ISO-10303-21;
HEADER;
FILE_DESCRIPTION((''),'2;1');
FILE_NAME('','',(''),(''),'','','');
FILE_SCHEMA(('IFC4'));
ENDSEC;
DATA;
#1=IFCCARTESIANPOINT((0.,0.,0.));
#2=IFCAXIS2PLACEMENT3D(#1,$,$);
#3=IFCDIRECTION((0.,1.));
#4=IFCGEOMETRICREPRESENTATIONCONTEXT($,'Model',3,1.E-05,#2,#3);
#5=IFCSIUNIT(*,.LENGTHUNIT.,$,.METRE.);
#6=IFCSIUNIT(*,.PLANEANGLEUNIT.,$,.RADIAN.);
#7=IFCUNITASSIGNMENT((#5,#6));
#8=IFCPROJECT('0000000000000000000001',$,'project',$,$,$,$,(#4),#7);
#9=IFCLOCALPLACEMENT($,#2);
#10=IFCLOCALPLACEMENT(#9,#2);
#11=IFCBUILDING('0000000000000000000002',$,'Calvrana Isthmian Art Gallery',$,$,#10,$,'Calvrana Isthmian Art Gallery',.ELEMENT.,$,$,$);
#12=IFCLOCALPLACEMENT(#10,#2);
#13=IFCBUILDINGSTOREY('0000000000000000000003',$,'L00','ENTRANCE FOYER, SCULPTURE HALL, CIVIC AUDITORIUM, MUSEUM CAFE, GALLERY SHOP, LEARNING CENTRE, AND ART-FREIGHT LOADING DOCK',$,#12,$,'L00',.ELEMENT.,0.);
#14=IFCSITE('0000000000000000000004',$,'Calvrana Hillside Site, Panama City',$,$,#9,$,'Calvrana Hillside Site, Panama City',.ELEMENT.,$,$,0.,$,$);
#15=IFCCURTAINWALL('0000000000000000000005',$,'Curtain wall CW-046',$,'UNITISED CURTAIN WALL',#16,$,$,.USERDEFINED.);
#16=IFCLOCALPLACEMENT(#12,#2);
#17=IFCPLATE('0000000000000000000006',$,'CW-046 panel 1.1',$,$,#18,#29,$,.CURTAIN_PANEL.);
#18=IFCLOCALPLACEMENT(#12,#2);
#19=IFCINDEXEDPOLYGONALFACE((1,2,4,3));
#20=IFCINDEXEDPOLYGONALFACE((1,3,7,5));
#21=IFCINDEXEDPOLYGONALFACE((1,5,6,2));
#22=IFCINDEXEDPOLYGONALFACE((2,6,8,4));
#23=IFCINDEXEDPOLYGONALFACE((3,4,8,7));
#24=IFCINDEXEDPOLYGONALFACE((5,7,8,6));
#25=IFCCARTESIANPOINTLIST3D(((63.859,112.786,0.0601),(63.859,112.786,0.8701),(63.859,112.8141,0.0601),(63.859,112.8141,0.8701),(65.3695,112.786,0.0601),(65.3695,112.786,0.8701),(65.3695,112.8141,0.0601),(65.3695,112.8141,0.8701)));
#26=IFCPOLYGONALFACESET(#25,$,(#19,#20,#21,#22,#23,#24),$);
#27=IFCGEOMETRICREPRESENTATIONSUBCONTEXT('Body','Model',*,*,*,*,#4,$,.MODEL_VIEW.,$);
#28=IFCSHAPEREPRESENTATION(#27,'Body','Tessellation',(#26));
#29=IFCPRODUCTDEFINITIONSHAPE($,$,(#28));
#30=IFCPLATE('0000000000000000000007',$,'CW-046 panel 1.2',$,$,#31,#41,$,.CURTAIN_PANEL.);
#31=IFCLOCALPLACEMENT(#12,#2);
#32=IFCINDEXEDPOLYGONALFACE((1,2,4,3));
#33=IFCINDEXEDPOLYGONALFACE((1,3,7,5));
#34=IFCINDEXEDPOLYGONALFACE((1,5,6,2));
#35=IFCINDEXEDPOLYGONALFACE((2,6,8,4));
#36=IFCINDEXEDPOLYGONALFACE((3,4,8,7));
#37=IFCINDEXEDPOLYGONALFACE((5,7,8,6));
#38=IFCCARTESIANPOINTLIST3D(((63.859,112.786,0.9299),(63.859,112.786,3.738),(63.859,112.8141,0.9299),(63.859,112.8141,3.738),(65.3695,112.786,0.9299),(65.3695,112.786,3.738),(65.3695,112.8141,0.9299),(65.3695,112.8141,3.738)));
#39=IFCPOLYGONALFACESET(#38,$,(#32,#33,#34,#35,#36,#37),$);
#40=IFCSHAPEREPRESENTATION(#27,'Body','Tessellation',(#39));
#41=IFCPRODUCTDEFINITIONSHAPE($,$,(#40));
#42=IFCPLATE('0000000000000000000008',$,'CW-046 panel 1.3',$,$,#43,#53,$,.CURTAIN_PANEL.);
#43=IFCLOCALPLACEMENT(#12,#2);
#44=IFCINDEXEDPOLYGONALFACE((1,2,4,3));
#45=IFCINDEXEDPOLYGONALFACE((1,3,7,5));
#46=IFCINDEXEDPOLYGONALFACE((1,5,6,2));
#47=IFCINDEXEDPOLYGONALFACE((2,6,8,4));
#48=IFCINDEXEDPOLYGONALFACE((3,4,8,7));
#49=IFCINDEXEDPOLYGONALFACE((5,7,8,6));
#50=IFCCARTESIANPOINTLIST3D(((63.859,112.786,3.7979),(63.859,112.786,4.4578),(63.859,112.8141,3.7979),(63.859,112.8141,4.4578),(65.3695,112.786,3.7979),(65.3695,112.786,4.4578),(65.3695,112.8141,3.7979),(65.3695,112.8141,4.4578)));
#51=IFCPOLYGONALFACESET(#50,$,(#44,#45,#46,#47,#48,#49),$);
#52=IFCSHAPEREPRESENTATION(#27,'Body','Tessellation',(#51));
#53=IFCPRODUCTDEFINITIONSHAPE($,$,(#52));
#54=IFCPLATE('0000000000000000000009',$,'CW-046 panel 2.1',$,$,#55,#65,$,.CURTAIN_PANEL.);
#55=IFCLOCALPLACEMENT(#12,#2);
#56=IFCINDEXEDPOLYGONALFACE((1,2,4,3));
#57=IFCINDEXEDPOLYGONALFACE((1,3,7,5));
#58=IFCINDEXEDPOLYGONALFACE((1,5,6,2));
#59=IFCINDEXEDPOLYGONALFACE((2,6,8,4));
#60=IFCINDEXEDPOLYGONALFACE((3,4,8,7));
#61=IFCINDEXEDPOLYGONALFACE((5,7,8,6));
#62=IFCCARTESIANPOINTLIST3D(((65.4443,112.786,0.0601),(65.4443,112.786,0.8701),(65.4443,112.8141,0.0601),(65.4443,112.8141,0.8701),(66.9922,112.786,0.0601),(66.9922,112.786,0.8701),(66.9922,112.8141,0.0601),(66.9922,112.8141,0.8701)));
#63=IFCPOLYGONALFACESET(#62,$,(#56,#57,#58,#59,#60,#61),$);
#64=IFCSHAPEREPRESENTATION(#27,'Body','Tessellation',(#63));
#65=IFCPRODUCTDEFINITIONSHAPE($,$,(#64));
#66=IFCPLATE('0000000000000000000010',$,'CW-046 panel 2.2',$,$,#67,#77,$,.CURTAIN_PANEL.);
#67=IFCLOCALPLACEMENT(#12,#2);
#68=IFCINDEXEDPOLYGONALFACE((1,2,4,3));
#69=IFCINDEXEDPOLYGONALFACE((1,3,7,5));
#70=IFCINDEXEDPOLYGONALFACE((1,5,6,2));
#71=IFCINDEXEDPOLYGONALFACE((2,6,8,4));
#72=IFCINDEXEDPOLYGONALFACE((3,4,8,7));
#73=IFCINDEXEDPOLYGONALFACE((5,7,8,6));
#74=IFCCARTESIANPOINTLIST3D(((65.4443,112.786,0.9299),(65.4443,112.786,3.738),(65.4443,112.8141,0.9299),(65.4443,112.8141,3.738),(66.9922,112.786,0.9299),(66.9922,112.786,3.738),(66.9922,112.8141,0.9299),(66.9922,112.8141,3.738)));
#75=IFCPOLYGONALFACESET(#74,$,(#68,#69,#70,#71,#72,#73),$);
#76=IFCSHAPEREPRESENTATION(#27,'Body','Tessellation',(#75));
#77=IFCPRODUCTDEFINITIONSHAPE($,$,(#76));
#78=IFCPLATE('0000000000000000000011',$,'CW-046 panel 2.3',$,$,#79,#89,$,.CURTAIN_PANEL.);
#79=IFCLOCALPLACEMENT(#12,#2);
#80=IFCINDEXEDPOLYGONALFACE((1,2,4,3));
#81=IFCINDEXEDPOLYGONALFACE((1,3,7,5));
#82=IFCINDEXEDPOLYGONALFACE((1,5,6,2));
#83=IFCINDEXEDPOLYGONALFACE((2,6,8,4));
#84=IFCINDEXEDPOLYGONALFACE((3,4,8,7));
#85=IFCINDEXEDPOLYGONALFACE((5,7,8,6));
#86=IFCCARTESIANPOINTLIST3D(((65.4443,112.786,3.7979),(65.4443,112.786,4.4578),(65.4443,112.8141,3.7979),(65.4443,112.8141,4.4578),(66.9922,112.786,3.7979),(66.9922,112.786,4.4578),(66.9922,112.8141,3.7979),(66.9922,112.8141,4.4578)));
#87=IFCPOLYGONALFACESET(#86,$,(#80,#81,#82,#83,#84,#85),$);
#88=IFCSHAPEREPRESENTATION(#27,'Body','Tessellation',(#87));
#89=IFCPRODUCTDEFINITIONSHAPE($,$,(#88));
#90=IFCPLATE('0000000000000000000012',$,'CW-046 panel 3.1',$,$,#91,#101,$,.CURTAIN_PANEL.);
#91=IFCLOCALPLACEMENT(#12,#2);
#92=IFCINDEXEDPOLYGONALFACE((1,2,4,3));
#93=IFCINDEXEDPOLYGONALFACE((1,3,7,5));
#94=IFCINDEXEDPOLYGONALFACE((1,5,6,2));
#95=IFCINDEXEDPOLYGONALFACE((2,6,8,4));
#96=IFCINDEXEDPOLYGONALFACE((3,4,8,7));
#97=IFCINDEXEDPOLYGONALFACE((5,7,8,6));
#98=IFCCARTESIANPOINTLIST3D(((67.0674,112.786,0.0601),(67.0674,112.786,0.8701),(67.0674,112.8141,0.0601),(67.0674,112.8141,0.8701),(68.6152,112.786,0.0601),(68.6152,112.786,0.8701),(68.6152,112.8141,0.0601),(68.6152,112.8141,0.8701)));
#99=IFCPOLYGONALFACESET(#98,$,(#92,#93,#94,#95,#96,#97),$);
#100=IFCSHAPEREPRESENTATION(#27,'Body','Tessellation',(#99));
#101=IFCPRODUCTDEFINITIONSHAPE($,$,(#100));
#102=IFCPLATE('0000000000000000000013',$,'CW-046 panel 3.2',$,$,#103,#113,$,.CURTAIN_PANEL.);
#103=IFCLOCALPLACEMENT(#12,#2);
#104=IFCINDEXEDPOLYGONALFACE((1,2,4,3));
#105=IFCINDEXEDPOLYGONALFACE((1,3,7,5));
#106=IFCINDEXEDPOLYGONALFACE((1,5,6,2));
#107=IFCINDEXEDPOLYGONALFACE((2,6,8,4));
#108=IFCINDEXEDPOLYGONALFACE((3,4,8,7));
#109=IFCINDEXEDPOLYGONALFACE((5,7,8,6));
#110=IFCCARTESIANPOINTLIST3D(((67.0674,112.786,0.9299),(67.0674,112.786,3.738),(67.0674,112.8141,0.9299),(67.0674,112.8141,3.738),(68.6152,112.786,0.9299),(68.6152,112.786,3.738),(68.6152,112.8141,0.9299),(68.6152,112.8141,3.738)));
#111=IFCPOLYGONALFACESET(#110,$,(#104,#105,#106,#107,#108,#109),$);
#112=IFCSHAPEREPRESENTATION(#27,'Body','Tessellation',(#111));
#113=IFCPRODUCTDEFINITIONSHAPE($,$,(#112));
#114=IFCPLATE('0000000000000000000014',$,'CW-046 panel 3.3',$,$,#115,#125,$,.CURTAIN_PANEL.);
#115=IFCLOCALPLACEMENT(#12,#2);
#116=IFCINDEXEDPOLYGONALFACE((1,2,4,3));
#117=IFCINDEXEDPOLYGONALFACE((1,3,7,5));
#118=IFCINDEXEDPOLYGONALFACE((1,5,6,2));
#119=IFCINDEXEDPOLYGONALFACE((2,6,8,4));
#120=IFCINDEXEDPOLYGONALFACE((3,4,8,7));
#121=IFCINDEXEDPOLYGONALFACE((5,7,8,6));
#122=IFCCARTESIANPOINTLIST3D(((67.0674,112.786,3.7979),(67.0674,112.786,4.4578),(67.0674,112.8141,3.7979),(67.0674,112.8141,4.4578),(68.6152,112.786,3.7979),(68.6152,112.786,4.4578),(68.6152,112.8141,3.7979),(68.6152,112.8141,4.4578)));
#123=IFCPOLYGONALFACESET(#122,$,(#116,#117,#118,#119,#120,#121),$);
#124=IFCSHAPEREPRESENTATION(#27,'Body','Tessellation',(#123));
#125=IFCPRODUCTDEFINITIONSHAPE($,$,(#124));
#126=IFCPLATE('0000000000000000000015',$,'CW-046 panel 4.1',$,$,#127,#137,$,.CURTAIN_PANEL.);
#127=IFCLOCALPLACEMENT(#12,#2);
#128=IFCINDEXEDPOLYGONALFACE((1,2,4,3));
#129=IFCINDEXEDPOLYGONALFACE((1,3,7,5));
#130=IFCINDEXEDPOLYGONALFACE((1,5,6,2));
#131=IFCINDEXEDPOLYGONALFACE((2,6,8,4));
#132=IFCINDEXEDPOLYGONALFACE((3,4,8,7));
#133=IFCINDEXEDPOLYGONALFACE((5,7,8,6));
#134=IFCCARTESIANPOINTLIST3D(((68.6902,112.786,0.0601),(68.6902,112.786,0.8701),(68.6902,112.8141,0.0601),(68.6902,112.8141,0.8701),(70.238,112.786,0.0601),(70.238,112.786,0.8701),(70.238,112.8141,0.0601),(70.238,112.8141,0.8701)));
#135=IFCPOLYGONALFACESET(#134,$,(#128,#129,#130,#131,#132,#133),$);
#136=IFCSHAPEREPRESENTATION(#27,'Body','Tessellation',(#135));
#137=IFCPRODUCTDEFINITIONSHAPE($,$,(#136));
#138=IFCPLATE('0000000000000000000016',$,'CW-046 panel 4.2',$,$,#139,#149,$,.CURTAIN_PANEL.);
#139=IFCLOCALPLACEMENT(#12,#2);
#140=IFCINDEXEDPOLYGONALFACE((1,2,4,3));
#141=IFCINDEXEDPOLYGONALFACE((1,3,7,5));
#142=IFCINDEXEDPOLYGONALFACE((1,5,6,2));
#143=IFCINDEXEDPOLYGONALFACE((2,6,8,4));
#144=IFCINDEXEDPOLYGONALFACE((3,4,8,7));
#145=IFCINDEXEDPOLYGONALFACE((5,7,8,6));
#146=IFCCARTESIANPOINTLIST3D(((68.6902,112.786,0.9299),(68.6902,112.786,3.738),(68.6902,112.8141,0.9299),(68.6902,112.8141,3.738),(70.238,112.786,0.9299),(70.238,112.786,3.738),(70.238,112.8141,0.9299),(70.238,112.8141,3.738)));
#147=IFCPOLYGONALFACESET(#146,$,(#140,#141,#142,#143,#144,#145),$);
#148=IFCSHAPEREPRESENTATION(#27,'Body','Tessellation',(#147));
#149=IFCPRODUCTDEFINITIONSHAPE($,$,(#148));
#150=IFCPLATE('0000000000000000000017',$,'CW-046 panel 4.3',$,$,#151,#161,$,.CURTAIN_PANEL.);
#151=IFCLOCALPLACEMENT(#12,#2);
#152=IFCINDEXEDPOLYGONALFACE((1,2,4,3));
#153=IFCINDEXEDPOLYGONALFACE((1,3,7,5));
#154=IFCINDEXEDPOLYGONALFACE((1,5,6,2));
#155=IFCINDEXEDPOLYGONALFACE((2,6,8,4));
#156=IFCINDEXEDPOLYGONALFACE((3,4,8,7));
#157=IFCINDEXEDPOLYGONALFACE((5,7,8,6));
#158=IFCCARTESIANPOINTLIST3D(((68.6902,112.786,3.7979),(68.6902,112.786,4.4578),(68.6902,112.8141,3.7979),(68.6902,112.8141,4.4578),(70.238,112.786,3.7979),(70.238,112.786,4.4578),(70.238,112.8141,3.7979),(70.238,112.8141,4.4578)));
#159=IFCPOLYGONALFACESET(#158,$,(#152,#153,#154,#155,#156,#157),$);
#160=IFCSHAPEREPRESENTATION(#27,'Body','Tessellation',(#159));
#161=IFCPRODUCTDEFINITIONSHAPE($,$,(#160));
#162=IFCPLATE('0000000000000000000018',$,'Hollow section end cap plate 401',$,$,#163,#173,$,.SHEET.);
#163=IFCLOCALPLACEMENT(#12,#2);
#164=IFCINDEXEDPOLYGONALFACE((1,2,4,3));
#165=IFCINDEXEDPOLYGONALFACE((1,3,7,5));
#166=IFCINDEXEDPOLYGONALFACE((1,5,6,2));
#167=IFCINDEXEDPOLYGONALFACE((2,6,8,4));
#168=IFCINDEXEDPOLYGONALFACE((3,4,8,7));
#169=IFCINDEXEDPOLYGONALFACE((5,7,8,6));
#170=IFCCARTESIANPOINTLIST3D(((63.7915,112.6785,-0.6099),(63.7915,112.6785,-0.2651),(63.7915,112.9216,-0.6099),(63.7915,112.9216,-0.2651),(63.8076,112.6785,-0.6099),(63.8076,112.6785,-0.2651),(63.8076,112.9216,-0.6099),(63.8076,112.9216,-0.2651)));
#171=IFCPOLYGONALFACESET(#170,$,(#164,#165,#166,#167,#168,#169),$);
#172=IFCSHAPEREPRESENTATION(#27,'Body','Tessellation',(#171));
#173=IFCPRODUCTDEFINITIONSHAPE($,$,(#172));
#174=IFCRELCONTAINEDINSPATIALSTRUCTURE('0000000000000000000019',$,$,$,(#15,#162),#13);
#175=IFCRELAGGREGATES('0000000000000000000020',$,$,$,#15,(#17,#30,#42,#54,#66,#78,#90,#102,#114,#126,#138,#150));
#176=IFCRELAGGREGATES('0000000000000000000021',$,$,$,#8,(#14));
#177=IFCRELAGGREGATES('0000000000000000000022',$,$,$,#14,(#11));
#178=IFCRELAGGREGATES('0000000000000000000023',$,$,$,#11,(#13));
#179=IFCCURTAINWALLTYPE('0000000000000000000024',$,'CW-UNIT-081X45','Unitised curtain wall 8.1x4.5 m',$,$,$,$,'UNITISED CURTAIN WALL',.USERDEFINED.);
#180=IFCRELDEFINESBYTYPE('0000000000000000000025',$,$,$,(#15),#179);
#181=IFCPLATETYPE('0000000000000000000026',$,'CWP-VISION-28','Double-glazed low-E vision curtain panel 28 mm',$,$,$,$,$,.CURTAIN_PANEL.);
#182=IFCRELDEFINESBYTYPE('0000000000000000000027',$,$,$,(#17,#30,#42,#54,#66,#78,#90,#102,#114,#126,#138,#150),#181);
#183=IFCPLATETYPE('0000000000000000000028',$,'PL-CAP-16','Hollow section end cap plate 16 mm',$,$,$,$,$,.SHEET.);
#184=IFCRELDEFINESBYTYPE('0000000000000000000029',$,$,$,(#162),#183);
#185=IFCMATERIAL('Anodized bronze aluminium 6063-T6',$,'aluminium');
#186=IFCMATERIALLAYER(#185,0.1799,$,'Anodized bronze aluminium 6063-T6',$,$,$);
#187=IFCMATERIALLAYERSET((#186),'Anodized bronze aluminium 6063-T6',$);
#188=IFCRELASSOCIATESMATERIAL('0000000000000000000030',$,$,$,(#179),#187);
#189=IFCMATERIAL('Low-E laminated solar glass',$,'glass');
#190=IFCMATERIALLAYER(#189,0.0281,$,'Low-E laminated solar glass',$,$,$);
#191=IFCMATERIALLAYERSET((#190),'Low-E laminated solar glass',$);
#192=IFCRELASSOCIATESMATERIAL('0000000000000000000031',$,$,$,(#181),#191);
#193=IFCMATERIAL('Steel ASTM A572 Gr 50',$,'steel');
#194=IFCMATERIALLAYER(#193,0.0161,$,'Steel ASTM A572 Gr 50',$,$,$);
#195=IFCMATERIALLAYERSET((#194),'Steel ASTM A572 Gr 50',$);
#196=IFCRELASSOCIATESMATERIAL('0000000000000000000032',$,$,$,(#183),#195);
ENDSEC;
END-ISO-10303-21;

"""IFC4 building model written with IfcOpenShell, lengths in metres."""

from ifc_helpers import new_model, si_unit, direction, frame, origin, origin_2d, place, context, subcontext, project, spatial, rectangle, extrude, material, layer, layer_set, type_object, element, aggregate, save


model = new_model("IFC4")

# Units and contexts
model_context = context("Model", 3, precision=1e-05, world=origin(), true_north=direction((0.0, 1.0)))
body_context = subcontext(model_context, "Body", "Model", "MODEL_VIEW")
ifc_project = project(units=[si_unit("LENGTHUNIT", "METRE"), si_unit("PLANEANGLEUNIT", "RADIAN")], contexts=[model_context])

# Site, building, storey
site_placement = place(None, origin())
site = spatial("IfcSite", under=ifc_project, at=site_placement, Name="Calvrana Hillside Site, Panama City", LongName="Calvrana Hillside Site, Panama City", CompositionType="ELEMENT", RefElevation=0.0)
building_placement = place(site_placement, origin())
building = spatial("IfcBuilding", under=site, at=building_placement, Name="Calvrana Isthmian Art Gallery", LongName="Calvrana Isthmian Art Gallery", CompositionType="ELEMENT")
storey_placement = place(building_placement, origin())
storey = spatial("IfcBuildingStorey", under=building, at=storey_placement, Name="L00", Description="ENTRANCE FOYER, SCULPTURE HALL, CIVIC AUDITORIUM, MUSEUM CAFE, GALLERY SHOP, LEARNING CENTRE, AND ART-FREIGHT LOADING DOCK", LongName="L00", CompositionType="ELEMENT", Elevation=0.0)

# Curtain wall, plates
ifc_material_1 = material(Name="Anodized bronze aluminium 6063-T6", Category="aluminium")
ifc_layer_1 = layer(ifc_material_1, 0.1799, Name="Anodized bronze aluminium 6063-T6")
ifc_layer_set_1 = layer_set([ifc_layer_1], Name="Anodized bronze aluminium 6063-T6")
curtain_wall_type = type_object("IfcCurtainWallType", Name="CW-UNIT-081X45", Description="Unitised curtain wall 8.1x4.5 m", ElementType="UNITISED CURTAIN WALL", PredefinedType="USERDEFINED", material=ifc_layer_set_1)
curtain_wall_placement = place(storey_placement, origin())
curtain_wall = element("IfcCurtainWall", 1, at=curtain_wall_placement, inside=storey, type_object=curtain_wall_type, Name="Curtain wall CW-046", ObjectType="UNITISED CURTAIN WALL", PredefinedType="USERDEFINED")
ifc_material_2 = material(Name="Low-E laminated solar glass", Category="glass")
ifc_layer_2 = layer(ifc_material_2, 0.0281, Name="Low-E laminated solar glass")
ifc_layer_set_2 = layer_set([ifc_layer_2], Name="Low-E laminated solar glass")
plate_type_1 = type_object("IfcPlateType", Name="CWP-VISION-28", Description="Double-glazed low-E vision curtain panel 28 mm", PredefinedType="CURTAIN_PANEL", material=ifc_layer_set_2)
plate_1_placement = place(storey_placement, frame((64.6143, 112.8, 0.0601), z_axis=(0.0, 0.0, 1.0), x_axis=(1.0, 0.0, 0.0)))
plate_1 = element("IfcPlate", 2, at=plate_1_placement, type_object=plate_type_1, Name="CW-046 panel 1.1", PredefinedType="CURTAIN_PANEL", context=body_context, shape_type="SweptSolid", body=[
    extrude(rectangle(XDim=1.5105, YDim=0.0281, at=origin_2d()), origin(), (0.0, 0.0, 1.0), 0.8101),
])
plate_2_placement = place(storey_placement, frame((64.6143, 112.8, 0.9299), z_axis=(0.0, 0.0, 1.0), x_axis=(1.0, 0.0, 0.0)))
plate_2 = element("IfcPlate", 3, at=plate_2_placement, type_object=plate_type_1, Name="CW-046 panel 1.2", PredefinedType="CURTAIN_PANEL", context=body_context, shape_type="SweptSolid", body=[
    extrude(rectangle(XDim=1.5105, YDim=0.0281, at=origin_2d()), origin(), (0.0, 0.0, 1.0), 2.8081),
])
plate_3_placement = place(storey_placement, frame((64.6143, 112.8, 3.7979), z_axis=(0.0, 0.0, 1.0), x_axis=(1.0, 0.0, 0.0)))
plate_3 = element("IfcPlate", 4, at=plate_3_placement, type_object=plate_type_1, Name="CW-046 panel 1.3", PredefinedType="CURTAIN_PANEL", context=body_context, shape_type="SweptSolid", body=[
    extrude(rectangle(XDim=1.5105, YDim=0.0281, at=origin_2d()), origin(), (0.0, 0.0, 1.0), 0.6599),
])
plate_4_placement = place(storey_placement, frame((66.2183, 112.8, 0.0601), z_axis=(0.0, 0.0, 1.0), x_axis=(1.0, 0.0, 0.0)))
plate_4 = element("IfcPlate", 5, at=plate_4_placement, type_object=plate_type_1, Name="CW-046 panel 2.1", PredefinedType="CURTAIN_PANEL", context=body_context, shape_type="SweptSolid", body=[
    extrude(rectangle(XDim=1.5479, YDim=0.0281, at=origin_2d()), origin(), (0.0, 0.0, 1.0), 0.8101),
])
plate_5_placement = place(storey_placement, frame((66.2183, 112.8, 0.9299), z_axis=(0.0, 0.0, 1.0), x_axis=(1.0, 0.0, 0.0)))
plate_5 = element("IfcPlate", 6, at=plate_5_placement, type_object=plate_type_1, Name="CW-046 panel 2.2", PredefinedType="CURTAIN_PANEL", context=body_context, shape_type="SweptSolid", body=[
    extrude(rectangle(XDim=1.5479, YDim=0.0281, at=origin_2d()), origin(), (0.0, 0.0, 1.0), 2.8081),
])
plate_6_placement = place(storey_placement, frame((66.2183, 112.8, 3.7979), z_axis=(0.0, 0.0, 1.0), x_axis=(1.0, 0.0, 0.0)))
plate_6 = element("IfcPlate", 7, at=plate_6_placement, type_object=plate_type_1, Name="CW-046 panel 2.3", PredefinedType="CURTAIN_PANEL", context=body_context, shape_type="SweptSolid", body=[
    extrude(rectangle(XDim=1.5479, YDim=0.0281, at=origin_2d()), origin(), (0.0, 0.0, 1.0), 0.6599),
])
plate_7_placement = place(storey_placement, frame((67.8413, 112.8, 0.0601), z_axis=(0.0, 0.0, 1.0), x_axis=(1.0, 0.0, 0.0)))
plate_7 = element("IfcPlate", 8, at=plate_7_placement, type_object=plate_type_1, Name="CW-046 panel 3.1", PredefinedType="CURTAIN_PANEL", context=body_context, shape_type="SweptSolid", body=[
    extrude(rectangle(XDim=1.5479, YDim=0.0281, at=origin_2d()), origin(), (0.0, 0.0, 1.0), 0.8101),
])
plate_8_placement = place(storey_placement, frame((67.8413, 112.8, 0.9299), z_axis=(0.0, 0.0, 1.0), x_axis=(1.0, 0.0, 0.0)))
plate_8 = element("IfcPlate", 9, at=plate_8_placement, type_object=plate_type_1, Name="CW-046 panel 3.2", PredefinedType="CURTAIN_PANEL", context=body_context, shape_type="SweptSolid", body=[
    extrude(rectangle(XDim=1.5479, YDim=0.0281, at=origin_2d()), origin(), (0.0, 0.0, 1.0), 2.8081),
])
plate_9_placement = place(storey_placement, frame((67.8413, 112.8, 3.7979), z_axis=(0.0, 0.0, 1.0), x_axis=(1.0, 0.0, 0.0)))
plate_9 = element("IfcPlate", 10, at=plate_9_placement, type_object=plate_type_1, Name="CW-046 panel 3.3", PredefinedType="CURTAIN_PANEL", context=body_context, shape_type="SweptSolid", body=[
    extrude(rectangle(XDim=1.5479, YDim=0.0281, at=origin_2d()), origin(), (0.0, 0.0, 1.0), 0.6599),
])
plate_10_placement = place(storey_placement, frame((69.4641, 112.8, 0.0601), z_axis=(0.0, 0.0, 1.0), x_axis=(1.0, 0.0, 0.0)))
plate_10 = element("IfcPlate", 11, at=plate_10_placement, type_object=plate_type_1, Name="CW-046 panel 4.1", PredefinedType="CURTAIN_PANEL", context=body_context, shape_type="SweptSolid", body=[
    extrude(rectangle(XDim=1.5479, YDim=0.0281, at=origin_2d()), origin(), (0.0, 0.0, 1.0), 0.8101),
])
plate_11_placement = place(storey_placement, frame((69.4641, 112.8, 0.9299), z_axis=(0.0, 0.0, 1.0), x_axis=(1.0, 0.0, 0.0)))
plate_11 = element("IfcPlate", 12, at=plate_11_placement, type_object=plate_type_1, Name="CW-046 panel 4.2", PredefinedType="CURTAIN_PANEL", context=body_context, shape_type="SweptSolid", body=[
    extrude(rectangle(XDim=1.5479, YDim=0.0281, at=origin_2d()), origin(), (0.0, 0.0, 1.0), 2.8081),
])
plate_12_placement = place(storey_placement, frame((69.4641, 112.8, 3.7979), z_axis=(0.0, 0.0, 1.0), x_axis=(1.0, 0.0, 0.0)))
plate_12 = element("IfcPlate", 13, at=plate_12_placement, type_object=plate_type_1, Name="CW-046 panel 4.3", PredefinedType="CURTAIN_PANEL", context=body_context, shape_type="SweptSolid", body=[
    extrude(rectangle(XDim=1.5479, YDim=0.0281, at=origin_2d()), origin(), (0.0, 0.0, 1.0), 0.6599),
])
aggregate(curtain_wall, [plate_1, plate_2, plate_3, plate_4, plate_5, plate_6, plate_7, plate_8, plate_9, plate_10, plate_11, plate_12])

# Plate
ifc_material_3 = material(Name="Steel ASTM A572 Gr 50", Category="steel")
ifc_layer_3 = layer(ifc_material_3, 0.0161, Name="Steel ASTM A572 Gr 50")
ifc_layer_set_3 = layer_set([ifc_layer_3], Name="Steel ASTM A572 Gr 50")
plate_type_2 = type_object("IfcPlateType", Name="PL-CAP-16", Description="Hollow section end cap plate 16 mm", PredefinedType="SHEET", material=ifc_layer_set_3)
plate_13_placement = place(storey_placement, frame((63.7996, 112.8, -0.6099), z_axis=(0.0, 0.0, 1.0), x_axis=(1.0, 0.0, 0.0)))
element("IfcPlate", 14, at=plate_13_placement, inside=storey, type_object=plate_type_2, Name="Hollow section end cap plate 401", PredefinedType="SHEET", context=body_context, shape_type="SweptSolid", body=[
    extrude(rectangle(XDim=0.0161, YDim=0.2432, at=origin_2d()), origin(), (0.0, 0.0, 1.0), 0.3447),
])

save(model, "model.ifc")
